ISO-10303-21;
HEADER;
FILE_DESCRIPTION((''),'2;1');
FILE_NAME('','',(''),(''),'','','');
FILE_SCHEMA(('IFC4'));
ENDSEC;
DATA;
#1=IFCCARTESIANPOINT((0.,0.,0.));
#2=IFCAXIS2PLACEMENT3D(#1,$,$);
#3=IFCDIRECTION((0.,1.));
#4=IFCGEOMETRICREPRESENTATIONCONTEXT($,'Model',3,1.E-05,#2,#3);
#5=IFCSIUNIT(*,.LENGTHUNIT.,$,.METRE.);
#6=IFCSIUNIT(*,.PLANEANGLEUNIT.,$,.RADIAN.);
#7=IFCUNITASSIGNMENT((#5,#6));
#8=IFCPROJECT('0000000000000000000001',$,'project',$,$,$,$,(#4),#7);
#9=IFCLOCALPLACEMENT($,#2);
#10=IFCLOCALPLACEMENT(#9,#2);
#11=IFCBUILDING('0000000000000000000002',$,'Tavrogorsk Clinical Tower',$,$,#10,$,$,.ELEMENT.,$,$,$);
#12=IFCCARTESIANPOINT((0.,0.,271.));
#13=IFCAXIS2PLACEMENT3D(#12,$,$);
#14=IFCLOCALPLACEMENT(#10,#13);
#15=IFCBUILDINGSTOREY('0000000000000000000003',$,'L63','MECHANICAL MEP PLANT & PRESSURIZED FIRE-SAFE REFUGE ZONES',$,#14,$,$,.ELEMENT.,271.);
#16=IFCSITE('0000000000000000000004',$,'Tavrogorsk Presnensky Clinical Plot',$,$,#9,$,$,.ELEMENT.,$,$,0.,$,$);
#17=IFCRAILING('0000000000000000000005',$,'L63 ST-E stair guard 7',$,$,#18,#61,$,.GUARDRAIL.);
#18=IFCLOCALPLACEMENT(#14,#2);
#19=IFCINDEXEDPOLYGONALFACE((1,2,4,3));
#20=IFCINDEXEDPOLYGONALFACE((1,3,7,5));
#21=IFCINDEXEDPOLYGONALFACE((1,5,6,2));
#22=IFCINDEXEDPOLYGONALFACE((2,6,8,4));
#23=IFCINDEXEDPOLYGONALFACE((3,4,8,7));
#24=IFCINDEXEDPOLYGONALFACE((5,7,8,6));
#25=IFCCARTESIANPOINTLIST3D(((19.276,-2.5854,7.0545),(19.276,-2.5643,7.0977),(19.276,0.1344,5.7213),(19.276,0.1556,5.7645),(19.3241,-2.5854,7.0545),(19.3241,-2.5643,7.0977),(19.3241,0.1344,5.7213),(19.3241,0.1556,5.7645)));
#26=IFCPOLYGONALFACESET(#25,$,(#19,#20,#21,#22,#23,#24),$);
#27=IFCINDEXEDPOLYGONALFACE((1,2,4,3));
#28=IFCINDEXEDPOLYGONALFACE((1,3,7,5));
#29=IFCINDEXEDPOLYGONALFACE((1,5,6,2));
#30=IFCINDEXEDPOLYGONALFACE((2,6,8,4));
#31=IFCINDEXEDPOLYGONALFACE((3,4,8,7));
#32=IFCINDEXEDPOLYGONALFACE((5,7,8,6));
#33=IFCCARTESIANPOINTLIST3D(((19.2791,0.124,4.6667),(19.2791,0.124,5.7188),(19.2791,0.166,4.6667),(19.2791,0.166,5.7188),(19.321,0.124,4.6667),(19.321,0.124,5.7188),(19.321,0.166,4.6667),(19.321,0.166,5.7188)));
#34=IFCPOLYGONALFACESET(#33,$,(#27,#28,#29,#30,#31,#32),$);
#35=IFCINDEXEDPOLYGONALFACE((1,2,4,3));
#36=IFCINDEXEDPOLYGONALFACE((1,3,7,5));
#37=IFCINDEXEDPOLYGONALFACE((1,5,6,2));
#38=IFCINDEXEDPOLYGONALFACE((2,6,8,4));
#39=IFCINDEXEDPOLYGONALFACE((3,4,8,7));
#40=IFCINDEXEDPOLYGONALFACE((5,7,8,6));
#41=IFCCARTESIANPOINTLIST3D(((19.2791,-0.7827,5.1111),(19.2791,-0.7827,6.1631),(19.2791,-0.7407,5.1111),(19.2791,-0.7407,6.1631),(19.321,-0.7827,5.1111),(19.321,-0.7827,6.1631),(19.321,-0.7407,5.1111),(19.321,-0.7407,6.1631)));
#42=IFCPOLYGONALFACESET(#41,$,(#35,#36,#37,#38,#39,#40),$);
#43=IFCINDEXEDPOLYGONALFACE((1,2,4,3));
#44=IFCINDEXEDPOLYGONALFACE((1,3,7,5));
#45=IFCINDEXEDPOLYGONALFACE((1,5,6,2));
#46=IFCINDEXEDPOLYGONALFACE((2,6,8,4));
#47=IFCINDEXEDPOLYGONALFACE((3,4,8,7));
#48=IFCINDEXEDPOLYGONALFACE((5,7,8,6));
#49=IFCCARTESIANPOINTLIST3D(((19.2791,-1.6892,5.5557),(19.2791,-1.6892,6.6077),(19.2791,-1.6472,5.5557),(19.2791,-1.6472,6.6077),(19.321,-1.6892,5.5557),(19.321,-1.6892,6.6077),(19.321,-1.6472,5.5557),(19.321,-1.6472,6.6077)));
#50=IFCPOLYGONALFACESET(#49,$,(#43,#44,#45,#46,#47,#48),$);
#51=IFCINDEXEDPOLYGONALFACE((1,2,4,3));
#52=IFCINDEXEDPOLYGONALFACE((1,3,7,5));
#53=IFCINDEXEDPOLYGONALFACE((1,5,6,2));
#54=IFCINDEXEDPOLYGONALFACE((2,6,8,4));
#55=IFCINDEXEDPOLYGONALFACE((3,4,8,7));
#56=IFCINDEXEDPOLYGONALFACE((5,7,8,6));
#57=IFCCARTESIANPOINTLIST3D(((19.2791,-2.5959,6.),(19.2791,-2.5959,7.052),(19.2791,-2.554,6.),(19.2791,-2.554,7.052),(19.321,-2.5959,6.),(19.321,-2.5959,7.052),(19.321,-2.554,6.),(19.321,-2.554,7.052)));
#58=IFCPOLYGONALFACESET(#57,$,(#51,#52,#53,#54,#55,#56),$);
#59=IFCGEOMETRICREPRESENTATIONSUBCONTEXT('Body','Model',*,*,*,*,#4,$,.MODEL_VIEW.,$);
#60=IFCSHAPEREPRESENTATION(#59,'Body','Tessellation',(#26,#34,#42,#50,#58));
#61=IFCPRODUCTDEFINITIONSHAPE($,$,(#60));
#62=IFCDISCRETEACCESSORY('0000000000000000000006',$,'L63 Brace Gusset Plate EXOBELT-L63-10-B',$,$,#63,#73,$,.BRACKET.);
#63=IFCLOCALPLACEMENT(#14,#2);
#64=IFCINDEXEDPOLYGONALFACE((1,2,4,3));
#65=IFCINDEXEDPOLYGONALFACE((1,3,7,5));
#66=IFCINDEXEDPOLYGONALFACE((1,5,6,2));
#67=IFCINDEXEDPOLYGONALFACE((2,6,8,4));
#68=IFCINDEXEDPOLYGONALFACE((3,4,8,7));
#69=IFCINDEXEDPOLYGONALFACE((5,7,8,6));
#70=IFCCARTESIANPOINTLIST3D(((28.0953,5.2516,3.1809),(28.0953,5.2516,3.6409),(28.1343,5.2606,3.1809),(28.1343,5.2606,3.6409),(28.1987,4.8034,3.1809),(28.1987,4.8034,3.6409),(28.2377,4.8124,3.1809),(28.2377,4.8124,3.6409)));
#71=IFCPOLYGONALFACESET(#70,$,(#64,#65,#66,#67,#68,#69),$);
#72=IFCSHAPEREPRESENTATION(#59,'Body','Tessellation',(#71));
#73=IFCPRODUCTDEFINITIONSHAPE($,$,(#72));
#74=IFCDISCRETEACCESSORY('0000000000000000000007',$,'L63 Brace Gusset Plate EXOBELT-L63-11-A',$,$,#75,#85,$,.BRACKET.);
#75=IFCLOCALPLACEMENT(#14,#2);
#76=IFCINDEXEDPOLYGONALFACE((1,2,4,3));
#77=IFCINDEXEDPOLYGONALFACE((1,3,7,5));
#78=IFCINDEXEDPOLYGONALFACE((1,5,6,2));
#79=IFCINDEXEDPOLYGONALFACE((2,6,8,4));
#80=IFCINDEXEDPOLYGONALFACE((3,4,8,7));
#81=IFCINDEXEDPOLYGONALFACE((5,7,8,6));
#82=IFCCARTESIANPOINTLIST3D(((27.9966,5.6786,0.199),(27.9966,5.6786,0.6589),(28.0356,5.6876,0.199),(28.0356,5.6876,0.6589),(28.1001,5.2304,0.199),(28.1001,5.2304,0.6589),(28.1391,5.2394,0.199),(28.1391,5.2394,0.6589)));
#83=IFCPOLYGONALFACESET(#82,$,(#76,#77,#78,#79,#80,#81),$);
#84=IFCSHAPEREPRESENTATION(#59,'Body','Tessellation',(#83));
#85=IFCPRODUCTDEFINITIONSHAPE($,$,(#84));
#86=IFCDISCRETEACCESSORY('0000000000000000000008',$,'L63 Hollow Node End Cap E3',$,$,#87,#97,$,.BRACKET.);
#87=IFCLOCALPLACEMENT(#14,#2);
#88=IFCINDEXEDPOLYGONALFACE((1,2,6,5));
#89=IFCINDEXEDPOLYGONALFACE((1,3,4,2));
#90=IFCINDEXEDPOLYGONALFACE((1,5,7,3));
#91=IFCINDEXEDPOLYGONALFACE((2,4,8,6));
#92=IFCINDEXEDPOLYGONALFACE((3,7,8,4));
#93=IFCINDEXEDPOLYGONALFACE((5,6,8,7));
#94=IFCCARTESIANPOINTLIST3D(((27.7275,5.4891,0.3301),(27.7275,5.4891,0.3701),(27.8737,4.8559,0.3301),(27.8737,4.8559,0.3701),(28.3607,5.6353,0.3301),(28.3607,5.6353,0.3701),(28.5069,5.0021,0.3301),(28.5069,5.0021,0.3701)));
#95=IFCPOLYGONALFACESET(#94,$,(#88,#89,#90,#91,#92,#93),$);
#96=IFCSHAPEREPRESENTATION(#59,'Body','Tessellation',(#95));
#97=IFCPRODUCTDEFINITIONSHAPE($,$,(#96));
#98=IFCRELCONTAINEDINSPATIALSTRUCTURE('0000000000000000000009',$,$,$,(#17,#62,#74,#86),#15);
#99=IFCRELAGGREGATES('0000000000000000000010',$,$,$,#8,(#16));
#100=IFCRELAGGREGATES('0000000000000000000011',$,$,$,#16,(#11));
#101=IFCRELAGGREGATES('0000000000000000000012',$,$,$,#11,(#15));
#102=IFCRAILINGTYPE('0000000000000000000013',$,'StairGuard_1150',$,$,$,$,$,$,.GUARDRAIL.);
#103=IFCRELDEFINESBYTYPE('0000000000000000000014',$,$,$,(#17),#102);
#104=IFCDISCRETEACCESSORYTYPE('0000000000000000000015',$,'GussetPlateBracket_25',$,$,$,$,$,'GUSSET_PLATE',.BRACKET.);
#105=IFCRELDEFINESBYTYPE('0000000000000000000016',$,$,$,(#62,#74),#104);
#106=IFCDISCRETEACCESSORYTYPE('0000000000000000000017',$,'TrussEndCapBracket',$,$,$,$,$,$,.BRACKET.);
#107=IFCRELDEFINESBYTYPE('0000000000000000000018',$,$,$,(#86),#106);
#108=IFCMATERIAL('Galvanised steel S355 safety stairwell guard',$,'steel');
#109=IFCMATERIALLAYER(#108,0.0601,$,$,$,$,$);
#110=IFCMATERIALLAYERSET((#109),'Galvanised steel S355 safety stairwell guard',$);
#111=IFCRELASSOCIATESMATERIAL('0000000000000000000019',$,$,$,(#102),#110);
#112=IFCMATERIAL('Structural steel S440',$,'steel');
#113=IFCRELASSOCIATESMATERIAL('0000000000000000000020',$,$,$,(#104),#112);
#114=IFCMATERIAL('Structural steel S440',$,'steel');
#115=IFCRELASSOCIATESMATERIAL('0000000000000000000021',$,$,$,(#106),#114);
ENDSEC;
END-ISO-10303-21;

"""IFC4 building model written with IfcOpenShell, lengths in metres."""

from ifc_helpers import new_model, si_unit, direction, frame, origin, origin_2d, place, context, subcontext, project, spatial, rectangle, extrude, material, layer, layer_set, type_object, element, save


model = new_model("IFC4")

# Units and contexts
model_context = context("Model", 3, precision=1e-05, world=origin(), true_north=direction((0.0, 1.0)))
body_context = subcontext(model_context, "Body", "Model", "MODEL_VIEW")
ifc_project = project(units=[si_unit("LENGTHUNIT", "METRE"), si_unit("PLANEANGLEUNIT", "RADIAN")], contexts=[model_context])

# Site, building, storey
site_placement = place(None, origin())
site = spatial("IfcSite", under=ifc_project, at=site_placement, Name="Tavrogorsk Presnensky Clinical Plot", CompositionType="ELEMENT", RefElevation=0.0)
building_placement = place(site_placement, origin())
building = spatial("IfcBuilding", under=site, at=building_placement, Name="Tavrogorsk Clinical Tower", CompositionType="ELEMENT")
storey_placement = place(building_placement, frame((0.0, 0.0, 271.0)))
storey = spatial("IfcBuildingStorey", under=building, at=storey_placement, Name="L63", Description="MECHANICAL MEP PLANT & PRESSURIZED FIRE-SAFE REFUGE ZONES", CompositionType="ELEMENT", Elevation=271.0)

# Railing
ifc_material_1 = material(Name="Galvanised steel S355 safety stairwell guard", Category="steel")
ifc_layer_1 = layer(ifc_material_1, 0.0601)
ifc_layer_set_1 = layer_set([ifc_layer_1], Name="Galvanised steel S355 safety stairwell guard")
railing_type = type_object("IfcRailingType", Name="StairGuard_1150", PredefinedType="GUARDRAIL", material=ifc_layer_set_1)
railing_1_placement = place(storey_placement, frame((19.3, 0.145, 4.6667)))
element("IfcRailing", 1, at=railing_1_placement, inside=storey, type_object=railing_type, Name="L63 ST-E stair guard 7", PredefinedType="GUARDRAIL", context=body_context, shape_type="SweptSolid", body=[
    extrude(rectangle(XDim=0.0481, YDim=0.0481, at=origin_2d()), frame((0.0, 0.0, 1.0762), z_axis=(0.0, -0.897929, 0.440139), x_axis=(1.0, 0.0, 0.0)), (0.0, 0.0, 1.0), 3.0291),
    extrude(rectangle(XDim=0.042, YDim=0.042, at=origin_2d()), origin(), (0.0, 0.0, 1.0), 1.052),
    extrude(rectangle(XDim=0.042, YDim=0.042, at=origin_2d()), frame((0.0, -0.9067, 0.4443)), (0.0, 0.0, 1.0), 1.052),
    extrude(rectangle(XDim=0.042, YDim=0.042, at=origin_2d()), frame((0.0, -1.8132, 0.8889)), (0.0, 0.0, 1.0), 1.052),
    extrude(rectangle(XDim=0.042, YDim=0.042, at=origin_2d()), frame((0.0, -2.72, 1.3333)), (0.0, 0.0, 1.0), 1.052),
])

# Discrete accessories
ifc_material_2 = material(Name="Structural steel S440", Category="steel")
discrete_accessory_type_1 = type_object("IfcDiscreteAccessoryType", Name="GussetPlateBracket_25", ElementType="GUSSET_PLATE", PredefinedType="BRACKET", material=ifc_material_2)
for number, where, z_axis, x_axis, name in (
    (2, (28.1665, 5.032, 3.1809), (0.0, 0.0, 1.0), (-0.224951, 0.97437, 0.0), "L63 Brace Gusset Plate EXOBELT-L63-10-B"),
    (3, (28.0679, 5.459, 0.199), (0.0, 0.0, 1.0), (-0.224951, 0.97437, 0.0), "L63 Brace Gusset Plate EXOBELT-L63-11-A"),
):
    element("IfcDiscreteAccessory", number, at=place(storey_placement, frame(where, z_axis=z_axis, x_axis=x_axis)), inside=storey, type_object=discrete_accessory_type_1, Name=name, PredefinedType="BRACKET", context=body_context, shape_type="SweptSolid", body=[
        extrude(rectangle(XDim=0.46, YDim=0.04, at=origin_2d()), origin(), (0.0, 0.0, 1.0), 0.46),
    ])
ifc_material_3 = material(Name="Structural steel S440", Category="steel")
discrete_accessory_type_2 = type_object("IfcDiscreteAccessoryType", Name="TrussEndCapBracket", PredefinedType="BRACKET", material=ifc_material_3)
discrete_accessory_placement = place(storey_placement, frame((28.1172, 5.2456, 0.3301), z_axis=(0.0, 0.0, 1.0), x_axis=(0.97437, 0.224951, 0.0)))
element("IfcDiscreteAccessory", 4, at=discrete_accessory_placement, inside=storey, type_object=discrete_accessory_type_2, Name="L63 Hollow Node End Cap E3", PredefinedType="BRACKET", context=body_context, shape_type="SweptSolid", body=[
    extrude(rectangle(XDim=0.6499, YDim=0.6499, at=origin_2d()), origin(), (0.0, 0.0, 1.0), 0.04),
])

save(model, "model.ifc")
